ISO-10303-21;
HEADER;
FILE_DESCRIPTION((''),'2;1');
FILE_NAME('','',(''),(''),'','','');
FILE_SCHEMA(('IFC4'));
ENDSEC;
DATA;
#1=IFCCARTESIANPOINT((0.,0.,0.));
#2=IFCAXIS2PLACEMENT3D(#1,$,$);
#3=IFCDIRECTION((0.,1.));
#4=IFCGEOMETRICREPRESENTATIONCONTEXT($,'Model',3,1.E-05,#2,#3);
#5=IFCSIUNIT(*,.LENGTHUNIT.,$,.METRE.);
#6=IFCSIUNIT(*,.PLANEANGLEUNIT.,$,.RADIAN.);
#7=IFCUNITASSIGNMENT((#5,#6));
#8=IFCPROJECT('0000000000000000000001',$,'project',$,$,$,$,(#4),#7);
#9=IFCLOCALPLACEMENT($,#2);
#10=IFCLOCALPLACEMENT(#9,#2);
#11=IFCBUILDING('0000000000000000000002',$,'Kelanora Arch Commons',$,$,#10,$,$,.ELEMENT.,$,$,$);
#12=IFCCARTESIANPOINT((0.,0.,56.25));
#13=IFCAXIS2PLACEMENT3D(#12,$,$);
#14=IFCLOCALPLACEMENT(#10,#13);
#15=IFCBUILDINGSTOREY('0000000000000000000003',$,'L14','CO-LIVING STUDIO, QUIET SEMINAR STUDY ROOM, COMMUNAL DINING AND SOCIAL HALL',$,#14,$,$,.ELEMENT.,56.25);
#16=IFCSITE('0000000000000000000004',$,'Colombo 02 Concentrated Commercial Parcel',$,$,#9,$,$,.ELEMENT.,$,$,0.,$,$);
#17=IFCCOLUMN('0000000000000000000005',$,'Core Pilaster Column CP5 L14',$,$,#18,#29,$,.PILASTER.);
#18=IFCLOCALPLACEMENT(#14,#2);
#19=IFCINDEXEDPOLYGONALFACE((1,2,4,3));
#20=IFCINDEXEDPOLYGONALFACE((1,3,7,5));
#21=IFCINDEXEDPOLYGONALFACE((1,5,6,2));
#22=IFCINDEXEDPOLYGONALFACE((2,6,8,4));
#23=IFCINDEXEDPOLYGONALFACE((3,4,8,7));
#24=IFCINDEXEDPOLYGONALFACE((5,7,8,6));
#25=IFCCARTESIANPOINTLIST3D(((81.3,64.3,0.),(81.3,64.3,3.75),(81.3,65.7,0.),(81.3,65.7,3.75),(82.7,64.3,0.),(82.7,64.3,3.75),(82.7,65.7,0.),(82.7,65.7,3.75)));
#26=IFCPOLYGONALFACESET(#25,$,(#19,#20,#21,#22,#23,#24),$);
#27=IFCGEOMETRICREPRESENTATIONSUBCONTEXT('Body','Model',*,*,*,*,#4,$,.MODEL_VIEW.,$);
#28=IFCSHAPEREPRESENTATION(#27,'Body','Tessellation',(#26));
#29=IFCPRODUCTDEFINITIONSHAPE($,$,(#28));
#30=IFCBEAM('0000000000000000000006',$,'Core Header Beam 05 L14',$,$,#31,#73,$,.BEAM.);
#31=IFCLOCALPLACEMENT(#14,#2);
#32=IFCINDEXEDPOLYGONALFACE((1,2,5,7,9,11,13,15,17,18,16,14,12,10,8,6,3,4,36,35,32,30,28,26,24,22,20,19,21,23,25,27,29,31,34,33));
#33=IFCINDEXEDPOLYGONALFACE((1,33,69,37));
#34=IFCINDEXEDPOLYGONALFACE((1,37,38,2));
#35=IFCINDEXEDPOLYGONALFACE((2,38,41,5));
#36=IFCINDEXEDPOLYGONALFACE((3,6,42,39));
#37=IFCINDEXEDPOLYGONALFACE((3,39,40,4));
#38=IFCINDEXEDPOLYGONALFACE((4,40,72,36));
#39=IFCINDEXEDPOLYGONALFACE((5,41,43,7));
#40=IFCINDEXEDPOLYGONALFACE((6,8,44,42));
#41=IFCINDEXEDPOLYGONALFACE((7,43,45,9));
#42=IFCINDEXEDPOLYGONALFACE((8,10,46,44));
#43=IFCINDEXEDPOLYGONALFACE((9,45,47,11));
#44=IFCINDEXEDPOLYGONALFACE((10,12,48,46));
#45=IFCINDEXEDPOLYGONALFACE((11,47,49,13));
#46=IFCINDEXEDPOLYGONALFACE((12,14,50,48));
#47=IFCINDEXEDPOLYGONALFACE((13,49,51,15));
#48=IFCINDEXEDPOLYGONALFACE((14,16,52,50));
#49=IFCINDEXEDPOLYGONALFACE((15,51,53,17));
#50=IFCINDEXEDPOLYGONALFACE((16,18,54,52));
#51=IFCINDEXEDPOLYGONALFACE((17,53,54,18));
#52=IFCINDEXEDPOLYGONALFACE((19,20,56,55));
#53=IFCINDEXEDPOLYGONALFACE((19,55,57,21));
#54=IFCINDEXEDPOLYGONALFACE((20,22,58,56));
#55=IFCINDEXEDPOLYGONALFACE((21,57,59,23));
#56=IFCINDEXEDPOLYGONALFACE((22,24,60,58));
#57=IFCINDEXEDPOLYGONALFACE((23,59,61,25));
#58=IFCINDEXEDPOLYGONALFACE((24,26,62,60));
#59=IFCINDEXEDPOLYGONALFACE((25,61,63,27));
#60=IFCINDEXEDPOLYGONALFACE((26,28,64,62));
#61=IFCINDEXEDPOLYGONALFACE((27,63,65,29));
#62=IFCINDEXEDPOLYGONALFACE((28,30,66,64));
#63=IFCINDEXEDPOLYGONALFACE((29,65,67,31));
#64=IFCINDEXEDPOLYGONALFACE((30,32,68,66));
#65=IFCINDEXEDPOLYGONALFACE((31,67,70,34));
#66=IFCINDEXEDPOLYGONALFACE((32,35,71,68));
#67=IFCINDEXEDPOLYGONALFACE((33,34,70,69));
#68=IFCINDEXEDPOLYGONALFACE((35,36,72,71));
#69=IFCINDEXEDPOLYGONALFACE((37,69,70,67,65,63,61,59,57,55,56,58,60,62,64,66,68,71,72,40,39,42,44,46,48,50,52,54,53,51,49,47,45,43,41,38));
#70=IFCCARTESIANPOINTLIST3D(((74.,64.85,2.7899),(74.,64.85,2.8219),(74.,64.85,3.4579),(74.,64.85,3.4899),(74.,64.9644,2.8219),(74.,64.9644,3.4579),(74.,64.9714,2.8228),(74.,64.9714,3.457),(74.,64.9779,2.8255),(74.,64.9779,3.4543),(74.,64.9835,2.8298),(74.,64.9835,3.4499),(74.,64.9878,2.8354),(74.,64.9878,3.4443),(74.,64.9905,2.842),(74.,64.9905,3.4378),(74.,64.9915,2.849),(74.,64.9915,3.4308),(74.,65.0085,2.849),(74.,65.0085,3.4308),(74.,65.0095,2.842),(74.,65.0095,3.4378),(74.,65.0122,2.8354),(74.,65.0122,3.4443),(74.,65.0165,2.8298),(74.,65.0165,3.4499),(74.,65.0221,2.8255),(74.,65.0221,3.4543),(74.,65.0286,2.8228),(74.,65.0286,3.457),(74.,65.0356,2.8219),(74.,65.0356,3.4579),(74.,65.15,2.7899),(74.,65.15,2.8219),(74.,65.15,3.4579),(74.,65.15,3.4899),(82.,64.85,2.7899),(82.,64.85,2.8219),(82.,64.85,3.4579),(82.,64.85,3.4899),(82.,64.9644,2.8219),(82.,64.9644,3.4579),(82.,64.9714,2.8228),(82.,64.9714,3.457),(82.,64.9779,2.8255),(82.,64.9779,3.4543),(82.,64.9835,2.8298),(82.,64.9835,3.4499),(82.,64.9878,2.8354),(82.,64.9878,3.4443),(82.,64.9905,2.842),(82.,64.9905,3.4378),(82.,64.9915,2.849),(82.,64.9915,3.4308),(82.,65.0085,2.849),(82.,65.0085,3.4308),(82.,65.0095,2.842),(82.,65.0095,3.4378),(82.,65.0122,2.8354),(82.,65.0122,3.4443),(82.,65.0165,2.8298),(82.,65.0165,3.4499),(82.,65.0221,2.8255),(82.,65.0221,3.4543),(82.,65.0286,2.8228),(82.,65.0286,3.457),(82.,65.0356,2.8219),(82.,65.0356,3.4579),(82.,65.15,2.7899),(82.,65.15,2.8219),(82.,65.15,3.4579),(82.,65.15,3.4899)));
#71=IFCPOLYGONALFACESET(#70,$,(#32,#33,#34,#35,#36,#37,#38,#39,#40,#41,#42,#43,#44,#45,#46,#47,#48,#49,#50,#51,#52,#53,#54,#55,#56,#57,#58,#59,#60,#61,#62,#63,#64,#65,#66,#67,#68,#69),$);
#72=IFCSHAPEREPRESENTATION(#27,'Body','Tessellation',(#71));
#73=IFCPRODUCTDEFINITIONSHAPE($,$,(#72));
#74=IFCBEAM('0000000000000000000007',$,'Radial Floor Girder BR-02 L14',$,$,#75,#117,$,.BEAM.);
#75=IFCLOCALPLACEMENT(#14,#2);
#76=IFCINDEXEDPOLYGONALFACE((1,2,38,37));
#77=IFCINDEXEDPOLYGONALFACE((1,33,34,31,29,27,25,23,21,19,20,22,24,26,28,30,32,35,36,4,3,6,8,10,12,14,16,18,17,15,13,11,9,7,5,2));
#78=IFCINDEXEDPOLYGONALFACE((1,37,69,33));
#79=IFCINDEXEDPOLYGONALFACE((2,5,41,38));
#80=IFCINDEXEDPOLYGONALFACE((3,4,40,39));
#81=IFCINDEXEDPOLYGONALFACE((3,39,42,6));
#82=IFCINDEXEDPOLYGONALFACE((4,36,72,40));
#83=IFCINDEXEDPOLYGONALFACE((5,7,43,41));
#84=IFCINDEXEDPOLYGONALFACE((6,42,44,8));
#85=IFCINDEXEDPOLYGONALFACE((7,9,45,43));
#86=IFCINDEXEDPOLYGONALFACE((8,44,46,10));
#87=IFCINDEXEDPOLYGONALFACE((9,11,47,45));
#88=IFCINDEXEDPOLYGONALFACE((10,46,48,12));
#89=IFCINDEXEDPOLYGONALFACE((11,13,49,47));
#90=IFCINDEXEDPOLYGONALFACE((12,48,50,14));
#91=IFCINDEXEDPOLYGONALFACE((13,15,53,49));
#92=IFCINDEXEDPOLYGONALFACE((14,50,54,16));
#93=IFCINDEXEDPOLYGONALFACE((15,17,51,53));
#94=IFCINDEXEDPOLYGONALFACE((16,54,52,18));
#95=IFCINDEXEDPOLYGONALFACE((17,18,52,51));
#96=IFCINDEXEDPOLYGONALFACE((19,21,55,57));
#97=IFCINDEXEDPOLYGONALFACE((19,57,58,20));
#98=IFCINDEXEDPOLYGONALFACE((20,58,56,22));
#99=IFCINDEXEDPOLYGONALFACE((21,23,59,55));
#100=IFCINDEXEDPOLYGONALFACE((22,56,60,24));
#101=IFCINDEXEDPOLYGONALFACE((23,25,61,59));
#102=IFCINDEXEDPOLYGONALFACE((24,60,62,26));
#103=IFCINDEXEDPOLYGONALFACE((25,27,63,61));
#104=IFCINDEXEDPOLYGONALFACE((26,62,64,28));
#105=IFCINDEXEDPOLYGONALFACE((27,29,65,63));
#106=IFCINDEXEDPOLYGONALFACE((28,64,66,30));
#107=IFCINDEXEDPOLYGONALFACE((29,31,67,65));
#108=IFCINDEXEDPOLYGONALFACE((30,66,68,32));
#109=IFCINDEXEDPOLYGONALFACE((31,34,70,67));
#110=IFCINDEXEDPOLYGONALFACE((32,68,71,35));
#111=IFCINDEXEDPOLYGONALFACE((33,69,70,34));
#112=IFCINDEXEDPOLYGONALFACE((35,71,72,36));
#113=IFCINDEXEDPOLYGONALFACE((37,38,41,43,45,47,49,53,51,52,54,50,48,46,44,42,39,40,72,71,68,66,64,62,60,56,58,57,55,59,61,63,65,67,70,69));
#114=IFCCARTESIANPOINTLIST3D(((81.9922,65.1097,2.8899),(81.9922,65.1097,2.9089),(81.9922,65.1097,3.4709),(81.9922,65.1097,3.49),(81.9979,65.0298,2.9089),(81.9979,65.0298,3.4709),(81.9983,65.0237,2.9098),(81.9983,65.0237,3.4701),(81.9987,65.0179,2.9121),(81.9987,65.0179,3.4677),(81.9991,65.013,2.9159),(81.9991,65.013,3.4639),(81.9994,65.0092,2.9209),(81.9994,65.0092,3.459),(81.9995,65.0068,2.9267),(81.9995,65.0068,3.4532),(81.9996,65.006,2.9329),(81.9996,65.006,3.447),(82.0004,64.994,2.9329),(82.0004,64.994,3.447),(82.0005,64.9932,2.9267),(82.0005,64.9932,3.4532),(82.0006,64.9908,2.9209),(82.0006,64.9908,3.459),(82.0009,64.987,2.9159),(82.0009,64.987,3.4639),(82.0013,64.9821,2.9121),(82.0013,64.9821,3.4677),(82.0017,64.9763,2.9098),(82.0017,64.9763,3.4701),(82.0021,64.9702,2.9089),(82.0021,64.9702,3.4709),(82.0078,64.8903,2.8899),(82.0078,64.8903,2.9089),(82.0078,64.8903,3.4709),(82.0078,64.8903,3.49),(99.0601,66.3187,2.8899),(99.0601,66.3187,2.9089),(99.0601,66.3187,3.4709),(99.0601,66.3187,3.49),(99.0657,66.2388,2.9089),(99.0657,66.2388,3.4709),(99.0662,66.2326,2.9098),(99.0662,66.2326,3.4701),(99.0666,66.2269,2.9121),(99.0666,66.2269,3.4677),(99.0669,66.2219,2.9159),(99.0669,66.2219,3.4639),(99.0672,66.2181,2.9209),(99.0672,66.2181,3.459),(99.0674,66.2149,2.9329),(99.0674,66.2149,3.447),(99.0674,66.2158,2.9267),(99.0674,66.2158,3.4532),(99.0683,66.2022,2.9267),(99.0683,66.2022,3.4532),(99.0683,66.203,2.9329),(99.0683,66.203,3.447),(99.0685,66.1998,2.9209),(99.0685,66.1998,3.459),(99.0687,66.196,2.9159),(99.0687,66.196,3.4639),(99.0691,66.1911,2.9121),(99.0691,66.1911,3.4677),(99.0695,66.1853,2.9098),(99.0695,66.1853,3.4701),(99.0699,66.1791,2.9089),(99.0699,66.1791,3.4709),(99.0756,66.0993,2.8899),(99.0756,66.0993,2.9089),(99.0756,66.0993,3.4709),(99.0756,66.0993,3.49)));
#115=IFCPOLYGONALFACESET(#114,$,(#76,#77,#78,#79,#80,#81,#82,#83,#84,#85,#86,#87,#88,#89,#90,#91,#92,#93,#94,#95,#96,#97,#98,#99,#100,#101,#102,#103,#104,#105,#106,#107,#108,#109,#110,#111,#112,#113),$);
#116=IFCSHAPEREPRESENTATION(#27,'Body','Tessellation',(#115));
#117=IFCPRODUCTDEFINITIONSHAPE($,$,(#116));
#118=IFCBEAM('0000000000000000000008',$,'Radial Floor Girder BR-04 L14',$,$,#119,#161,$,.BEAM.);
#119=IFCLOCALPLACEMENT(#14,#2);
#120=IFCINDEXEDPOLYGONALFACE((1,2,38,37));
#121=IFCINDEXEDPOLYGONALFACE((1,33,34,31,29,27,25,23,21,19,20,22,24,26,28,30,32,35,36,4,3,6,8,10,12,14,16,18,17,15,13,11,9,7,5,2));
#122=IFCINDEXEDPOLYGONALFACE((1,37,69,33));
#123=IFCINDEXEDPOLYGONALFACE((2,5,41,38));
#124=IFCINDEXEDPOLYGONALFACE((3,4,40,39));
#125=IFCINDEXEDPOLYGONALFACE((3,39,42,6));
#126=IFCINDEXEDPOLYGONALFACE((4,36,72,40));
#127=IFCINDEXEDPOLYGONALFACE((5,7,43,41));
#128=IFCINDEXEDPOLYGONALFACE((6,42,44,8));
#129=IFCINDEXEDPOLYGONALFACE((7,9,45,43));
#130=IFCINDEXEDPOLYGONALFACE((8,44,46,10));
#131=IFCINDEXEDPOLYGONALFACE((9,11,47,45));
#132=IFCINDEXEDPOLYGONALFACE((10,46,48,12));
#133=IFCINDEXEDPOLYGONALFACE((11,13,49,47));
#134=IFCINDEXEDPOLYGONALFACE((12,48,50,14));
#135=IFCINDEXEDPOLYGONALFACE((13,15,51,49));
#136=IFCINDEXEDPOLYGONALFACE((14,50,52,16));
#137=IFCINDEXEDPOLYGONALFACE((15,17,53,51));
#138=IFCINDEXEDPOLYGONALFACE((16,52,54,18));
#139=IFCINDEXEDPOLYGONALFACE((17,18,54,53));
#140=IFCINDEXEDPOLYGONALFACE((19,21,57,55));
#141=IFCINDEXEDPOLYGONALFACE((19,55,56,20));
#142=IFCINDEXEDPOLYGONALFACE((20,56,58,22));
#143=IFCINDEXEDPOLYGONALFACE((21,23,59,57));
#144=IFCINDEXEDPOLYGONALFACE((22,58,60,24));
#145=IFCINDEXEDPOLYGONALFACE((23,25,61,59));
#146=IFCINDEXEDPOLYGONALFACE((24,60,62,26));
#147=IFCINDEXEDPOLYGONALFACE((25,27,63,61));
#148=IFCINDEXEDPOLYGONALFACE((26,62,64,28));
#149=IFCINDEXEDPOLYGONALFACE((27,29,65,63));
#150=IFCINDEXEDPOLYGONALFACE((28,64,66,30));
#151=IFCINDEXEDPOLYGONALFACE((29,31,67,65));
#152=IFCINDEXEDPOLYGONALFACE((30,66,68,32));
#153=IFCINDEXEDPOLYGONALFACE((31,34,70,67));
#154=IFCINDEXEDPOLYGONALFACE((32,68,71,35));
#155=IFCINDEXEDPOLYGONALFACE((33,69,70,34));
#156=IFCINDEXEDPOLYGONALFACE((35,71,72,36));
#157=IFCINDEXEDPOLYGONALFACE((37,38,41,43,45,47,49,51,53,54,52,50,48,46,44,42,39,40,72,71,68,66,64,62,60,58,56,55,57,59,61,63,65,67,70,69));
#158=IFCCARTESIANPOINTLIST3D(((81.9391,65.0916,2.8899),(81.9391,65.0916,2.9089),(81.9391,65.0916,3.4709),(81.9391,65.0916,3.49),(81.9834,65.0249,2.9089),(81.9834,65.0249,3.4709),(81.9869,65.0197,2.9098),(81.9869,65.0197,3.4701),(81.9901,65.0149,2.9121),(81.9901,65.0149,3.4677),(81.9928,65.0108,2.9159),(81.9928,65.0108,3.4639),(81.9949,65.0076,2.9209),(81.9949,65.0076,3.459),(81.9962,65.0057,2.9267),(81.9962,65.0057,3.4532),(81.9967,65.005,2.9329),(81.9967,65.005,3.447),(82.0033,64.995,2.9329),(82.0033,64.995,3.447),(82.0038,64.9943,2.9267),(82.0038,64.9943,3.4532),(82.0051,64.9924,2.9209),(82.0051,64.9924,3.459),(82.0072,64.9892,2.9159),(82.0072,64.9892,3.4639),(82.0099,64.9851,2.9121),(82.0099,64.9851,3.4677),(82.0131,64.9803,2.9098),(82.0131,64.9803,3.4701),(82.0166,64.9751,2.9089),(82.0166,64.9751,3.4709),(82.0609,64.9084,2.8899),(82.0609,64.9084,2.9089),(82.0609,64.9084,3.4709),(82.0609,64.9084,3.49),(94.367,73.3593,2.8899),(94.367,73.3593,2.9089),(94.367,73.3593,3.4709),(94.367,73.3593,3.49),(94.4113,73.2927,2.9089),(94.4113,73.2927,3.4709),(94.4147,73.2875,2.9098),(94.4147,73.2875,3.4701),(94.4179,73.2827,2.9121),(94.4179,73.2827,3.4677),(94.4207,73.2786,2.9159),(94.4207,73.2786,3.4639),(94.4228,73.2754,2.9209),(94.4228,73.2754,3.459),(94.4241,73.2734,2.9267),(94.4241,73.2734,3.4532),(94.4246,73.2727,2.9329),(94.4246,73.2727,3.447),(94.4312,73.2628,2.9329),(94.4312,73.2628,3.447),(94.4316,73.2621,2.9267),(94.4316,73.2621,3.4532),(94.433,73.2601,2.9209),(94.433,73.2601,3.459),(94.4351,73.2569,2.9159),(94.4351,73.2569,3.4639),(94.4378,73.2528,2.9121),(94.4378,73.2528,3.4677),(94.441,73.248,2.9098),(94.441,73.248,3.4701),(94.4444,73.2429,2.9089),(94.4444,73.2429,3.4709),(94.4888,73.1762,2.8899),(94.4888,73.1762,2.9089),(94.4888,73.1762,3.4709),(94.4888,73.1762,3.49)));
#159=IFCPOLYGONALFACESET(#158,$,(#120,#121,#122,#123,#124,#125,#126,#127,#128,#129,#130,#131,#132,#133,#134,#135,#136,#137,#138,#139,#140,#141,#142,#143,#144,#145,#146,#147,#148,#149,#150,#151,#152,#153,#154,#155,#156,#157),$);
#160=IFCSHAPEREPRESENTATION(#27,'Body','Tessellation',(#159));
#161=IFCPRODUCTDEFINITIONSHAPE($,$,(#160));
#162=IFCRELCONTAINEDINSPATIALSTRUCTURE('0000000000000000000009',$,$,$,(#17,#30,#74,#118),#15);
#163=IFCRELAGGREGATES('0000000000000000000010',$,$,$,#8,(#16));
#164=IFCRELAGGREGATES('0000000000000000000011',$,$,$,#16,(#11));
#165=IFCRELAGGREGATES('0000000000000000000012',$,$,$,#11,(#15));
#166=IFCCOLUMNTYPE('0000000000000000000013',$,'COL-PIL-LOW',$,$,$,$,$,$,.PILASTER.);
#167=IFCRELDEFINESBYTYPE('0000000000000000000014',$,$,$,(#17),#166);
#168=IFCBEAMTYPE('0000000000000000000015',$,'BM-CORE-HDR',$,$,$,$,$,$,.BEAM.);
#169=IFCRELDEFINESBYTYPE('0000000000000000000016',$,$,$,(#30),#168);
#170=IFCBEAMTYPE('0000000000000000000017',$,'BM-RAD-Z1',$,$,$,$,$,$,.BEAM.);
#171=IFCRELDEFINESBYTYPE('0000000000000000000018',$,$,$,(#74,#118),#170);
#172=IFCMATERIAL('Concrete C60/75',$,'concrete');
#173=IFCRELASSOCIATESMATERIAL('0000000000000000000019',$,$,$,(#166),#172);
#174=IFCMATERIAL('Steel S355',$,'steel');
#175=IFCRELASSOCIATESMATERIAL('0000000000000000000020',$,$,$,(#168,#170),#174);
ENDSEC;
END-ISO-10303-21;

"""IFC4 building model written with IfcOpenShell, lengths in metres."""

from ifc_helpers import new_model, si_unit, direction, frame, origin, origin_2d, place, context, subcontext, project, spatial, rectangle, i_section, extrude, material, material_profile, profile_set, type_object, element, save


model = new_model("IFC4")

# Units and contexts
model_context = context("Model", 3, precision=1e-05, world=origin(), true_north=direction((0.0, 1.0)))
body_context = subcontext(model_context, "Body", "Model", "MODEL_VIEW")
ifc_project = project(units=[si_unit("LENGTHUNIT", "METRE"), si_unit("PLANEANGLEUNIT", "RADIAN")], contexts=[model_context])

# Site, building, storey
site_placement = place(None, origin())
site = spatial("IfcSite", under=ifc_project, at=site_placement, Name="Colombo 02 Concentrated Commercial Parcel", CompositionType="ELEMENT", RefElevation=0.0)
building_placement = place(site_placement, origin())
building = spatial("IfcBuilding", under=site, at=building_placement, Name="Kelanora Arch Commons", CompositionType="ELEMENT")
storey_placement = place(building_placement, frame((0.0, 0.0, 56.25)))
storey = spatial("IfcBuildingStorey", under=building, at=storey_placement, Name="L14", Description="CO-LIVING STUDIO, QUIET SEMINAR STUDY ROOM, COMMUNAL DINING AND SOCIAL HALL", CompositionType="ELEMENT", Elevation=56.25)

# Column
ifc_material_1 = material(Name="Concrete C60/75", Category="concrete")
ifc_material_profile_1 = material_profile(ifc_material_1, rectangle(XDim=1.3999, YDim=1.3999, at=origin_2d()), Name="RC1400x1400")
ifc_profile_set_1 = profile_set([ifc_material_profile_1], Name="Concrete C60/75")
column_type = type_object("IfcColumnType", Name="COL-PIL-LOW", PredefinedType="PILASTER", material=ifc_profile_set_1)
column_placement = place(storey_placement, frame((82.0, 65.0, 0.0), z_axis=(0.0, 0.0, 1.0), x_axis=(1.0, 0.0, 0.0)))
element("IfcColumn", 1, at=column_placement, inside=storey, type_object=column_type, Name="Core Pilaster Column CP5 L14", PredefinedType="PILASTER", context=body_context, shape_type="SweptSolid", body=[
    extrude(rectangle(XDim=1.3999, YDim=1.3999, at=origin_2d()), origin(), (0.0, 0.0, 1.0), 3.75),
])

# Beams
ifc_material_2 = material(Name="Steel S355", Category="steel")
ifc_material_profile_2 = material_profile(ifc_material_2, i_section(OverallWidth=0.3, OverallDepth=0.7, WebThickness=0.0171, FlangeThickness=0.032, FilletRadius=0.0271, at=origin_2d()), Name="HEB700")
ifc_profile_set_2 = profile_set([ifc_material_profile_2], Name="Steel S355")
beam_type_1 = type_object("IfcBeamType", Name="BM-CORE-HDR", PredefinedType="BEAM", material=ifc_profile_set_2)
beam_1_placement = place(storey_placement, frame((82.0, 65.0, 3.1399), z_axis=(-1.0, 0.0, 0.0), x_axis=(0.0, -1.0, 0.0)))
element("IfcBeam", 2, at=beam_1_placement, inside=storey, type_object=beam_type_1, Name="Core Header Beam 05 L14", PredefinedType="BEAM", context=body_context, shape_type="SweptSolid", body=[
    extrude(i_section(OverallWidth=0.3, OverallDepth=0.7, WebThickness=0.0171, FlangeThickness=0.032, FilletRadius=0.0271, at=origin_2d()), origin(), (0.0, 0.0, 1.0), 8.0),
])
ifc_material_profile_3 = material_profile(ifc_material_2, i_section(OverallWidth=0.22, OverallDepth=0.6001, WebThickness=0.012, FlangeThickness=0.019, FilletRadius=0.0239, at=origin_2d()), Name="IPE600")
ifc_profile_set_3 = profile_set([ifc_material_profile_3], Name="Steel S355")
beam_type_2 = type_object("IfcBeamType", Name="BM-RAD-Z1", PredefinedType="BEAM", material=ifc_profile_set_3)
beam_2_placement = place(storey_placement, frame((82.0, 65.0, 3.1899), z_axis=(0.997501, 0.070657, 0.0), x_axis=(-0.070657, 0.997501, 0.0)))
element("IfcBeam", 3, at=beam_2_placement, inside=storey, type_object=beam_type_2, Name="Radial Floor Girder BR-02 L14", PredefinedType="BEAM", context=body_context, shape_type="SweptSolid", body=[
    extrude(i_section(OverallWidth=0.22, OverallDepth=0.6001, WebThickness=0.012, FlangeThickness=0.019, FilletRadius=0.0239, at=origin_2d()), origin(), (0.0, 0.0, 1.0), 17.1106),
])
beam_3_placement = place(storey_placement, frame((82.0, 65.0, 3.1899), z_axis=(0.832591, 0.553888, 0.0), x_axis=(-0.553888, 0.832591, 0.0)))
element("IfcBeam", 4, at=beam_3_placement, inside=storey, type_object=beam_type_2, Name="Radial Floor Girder BR-04 L14", PredefinedType="BEAM", context=body_context, shape_type="SweptSolid", body=[
    extrude(i_section(OverallWidth=0.22, OverallDepth=0.6001, WebThickness=0.012, FlangeThickness=0.019, FilletRadius=0.0239, at=origin_2d()), origin(), (0.0, 0.0, 1.0), 14.9268),
])

save(model, "model.ifc")
